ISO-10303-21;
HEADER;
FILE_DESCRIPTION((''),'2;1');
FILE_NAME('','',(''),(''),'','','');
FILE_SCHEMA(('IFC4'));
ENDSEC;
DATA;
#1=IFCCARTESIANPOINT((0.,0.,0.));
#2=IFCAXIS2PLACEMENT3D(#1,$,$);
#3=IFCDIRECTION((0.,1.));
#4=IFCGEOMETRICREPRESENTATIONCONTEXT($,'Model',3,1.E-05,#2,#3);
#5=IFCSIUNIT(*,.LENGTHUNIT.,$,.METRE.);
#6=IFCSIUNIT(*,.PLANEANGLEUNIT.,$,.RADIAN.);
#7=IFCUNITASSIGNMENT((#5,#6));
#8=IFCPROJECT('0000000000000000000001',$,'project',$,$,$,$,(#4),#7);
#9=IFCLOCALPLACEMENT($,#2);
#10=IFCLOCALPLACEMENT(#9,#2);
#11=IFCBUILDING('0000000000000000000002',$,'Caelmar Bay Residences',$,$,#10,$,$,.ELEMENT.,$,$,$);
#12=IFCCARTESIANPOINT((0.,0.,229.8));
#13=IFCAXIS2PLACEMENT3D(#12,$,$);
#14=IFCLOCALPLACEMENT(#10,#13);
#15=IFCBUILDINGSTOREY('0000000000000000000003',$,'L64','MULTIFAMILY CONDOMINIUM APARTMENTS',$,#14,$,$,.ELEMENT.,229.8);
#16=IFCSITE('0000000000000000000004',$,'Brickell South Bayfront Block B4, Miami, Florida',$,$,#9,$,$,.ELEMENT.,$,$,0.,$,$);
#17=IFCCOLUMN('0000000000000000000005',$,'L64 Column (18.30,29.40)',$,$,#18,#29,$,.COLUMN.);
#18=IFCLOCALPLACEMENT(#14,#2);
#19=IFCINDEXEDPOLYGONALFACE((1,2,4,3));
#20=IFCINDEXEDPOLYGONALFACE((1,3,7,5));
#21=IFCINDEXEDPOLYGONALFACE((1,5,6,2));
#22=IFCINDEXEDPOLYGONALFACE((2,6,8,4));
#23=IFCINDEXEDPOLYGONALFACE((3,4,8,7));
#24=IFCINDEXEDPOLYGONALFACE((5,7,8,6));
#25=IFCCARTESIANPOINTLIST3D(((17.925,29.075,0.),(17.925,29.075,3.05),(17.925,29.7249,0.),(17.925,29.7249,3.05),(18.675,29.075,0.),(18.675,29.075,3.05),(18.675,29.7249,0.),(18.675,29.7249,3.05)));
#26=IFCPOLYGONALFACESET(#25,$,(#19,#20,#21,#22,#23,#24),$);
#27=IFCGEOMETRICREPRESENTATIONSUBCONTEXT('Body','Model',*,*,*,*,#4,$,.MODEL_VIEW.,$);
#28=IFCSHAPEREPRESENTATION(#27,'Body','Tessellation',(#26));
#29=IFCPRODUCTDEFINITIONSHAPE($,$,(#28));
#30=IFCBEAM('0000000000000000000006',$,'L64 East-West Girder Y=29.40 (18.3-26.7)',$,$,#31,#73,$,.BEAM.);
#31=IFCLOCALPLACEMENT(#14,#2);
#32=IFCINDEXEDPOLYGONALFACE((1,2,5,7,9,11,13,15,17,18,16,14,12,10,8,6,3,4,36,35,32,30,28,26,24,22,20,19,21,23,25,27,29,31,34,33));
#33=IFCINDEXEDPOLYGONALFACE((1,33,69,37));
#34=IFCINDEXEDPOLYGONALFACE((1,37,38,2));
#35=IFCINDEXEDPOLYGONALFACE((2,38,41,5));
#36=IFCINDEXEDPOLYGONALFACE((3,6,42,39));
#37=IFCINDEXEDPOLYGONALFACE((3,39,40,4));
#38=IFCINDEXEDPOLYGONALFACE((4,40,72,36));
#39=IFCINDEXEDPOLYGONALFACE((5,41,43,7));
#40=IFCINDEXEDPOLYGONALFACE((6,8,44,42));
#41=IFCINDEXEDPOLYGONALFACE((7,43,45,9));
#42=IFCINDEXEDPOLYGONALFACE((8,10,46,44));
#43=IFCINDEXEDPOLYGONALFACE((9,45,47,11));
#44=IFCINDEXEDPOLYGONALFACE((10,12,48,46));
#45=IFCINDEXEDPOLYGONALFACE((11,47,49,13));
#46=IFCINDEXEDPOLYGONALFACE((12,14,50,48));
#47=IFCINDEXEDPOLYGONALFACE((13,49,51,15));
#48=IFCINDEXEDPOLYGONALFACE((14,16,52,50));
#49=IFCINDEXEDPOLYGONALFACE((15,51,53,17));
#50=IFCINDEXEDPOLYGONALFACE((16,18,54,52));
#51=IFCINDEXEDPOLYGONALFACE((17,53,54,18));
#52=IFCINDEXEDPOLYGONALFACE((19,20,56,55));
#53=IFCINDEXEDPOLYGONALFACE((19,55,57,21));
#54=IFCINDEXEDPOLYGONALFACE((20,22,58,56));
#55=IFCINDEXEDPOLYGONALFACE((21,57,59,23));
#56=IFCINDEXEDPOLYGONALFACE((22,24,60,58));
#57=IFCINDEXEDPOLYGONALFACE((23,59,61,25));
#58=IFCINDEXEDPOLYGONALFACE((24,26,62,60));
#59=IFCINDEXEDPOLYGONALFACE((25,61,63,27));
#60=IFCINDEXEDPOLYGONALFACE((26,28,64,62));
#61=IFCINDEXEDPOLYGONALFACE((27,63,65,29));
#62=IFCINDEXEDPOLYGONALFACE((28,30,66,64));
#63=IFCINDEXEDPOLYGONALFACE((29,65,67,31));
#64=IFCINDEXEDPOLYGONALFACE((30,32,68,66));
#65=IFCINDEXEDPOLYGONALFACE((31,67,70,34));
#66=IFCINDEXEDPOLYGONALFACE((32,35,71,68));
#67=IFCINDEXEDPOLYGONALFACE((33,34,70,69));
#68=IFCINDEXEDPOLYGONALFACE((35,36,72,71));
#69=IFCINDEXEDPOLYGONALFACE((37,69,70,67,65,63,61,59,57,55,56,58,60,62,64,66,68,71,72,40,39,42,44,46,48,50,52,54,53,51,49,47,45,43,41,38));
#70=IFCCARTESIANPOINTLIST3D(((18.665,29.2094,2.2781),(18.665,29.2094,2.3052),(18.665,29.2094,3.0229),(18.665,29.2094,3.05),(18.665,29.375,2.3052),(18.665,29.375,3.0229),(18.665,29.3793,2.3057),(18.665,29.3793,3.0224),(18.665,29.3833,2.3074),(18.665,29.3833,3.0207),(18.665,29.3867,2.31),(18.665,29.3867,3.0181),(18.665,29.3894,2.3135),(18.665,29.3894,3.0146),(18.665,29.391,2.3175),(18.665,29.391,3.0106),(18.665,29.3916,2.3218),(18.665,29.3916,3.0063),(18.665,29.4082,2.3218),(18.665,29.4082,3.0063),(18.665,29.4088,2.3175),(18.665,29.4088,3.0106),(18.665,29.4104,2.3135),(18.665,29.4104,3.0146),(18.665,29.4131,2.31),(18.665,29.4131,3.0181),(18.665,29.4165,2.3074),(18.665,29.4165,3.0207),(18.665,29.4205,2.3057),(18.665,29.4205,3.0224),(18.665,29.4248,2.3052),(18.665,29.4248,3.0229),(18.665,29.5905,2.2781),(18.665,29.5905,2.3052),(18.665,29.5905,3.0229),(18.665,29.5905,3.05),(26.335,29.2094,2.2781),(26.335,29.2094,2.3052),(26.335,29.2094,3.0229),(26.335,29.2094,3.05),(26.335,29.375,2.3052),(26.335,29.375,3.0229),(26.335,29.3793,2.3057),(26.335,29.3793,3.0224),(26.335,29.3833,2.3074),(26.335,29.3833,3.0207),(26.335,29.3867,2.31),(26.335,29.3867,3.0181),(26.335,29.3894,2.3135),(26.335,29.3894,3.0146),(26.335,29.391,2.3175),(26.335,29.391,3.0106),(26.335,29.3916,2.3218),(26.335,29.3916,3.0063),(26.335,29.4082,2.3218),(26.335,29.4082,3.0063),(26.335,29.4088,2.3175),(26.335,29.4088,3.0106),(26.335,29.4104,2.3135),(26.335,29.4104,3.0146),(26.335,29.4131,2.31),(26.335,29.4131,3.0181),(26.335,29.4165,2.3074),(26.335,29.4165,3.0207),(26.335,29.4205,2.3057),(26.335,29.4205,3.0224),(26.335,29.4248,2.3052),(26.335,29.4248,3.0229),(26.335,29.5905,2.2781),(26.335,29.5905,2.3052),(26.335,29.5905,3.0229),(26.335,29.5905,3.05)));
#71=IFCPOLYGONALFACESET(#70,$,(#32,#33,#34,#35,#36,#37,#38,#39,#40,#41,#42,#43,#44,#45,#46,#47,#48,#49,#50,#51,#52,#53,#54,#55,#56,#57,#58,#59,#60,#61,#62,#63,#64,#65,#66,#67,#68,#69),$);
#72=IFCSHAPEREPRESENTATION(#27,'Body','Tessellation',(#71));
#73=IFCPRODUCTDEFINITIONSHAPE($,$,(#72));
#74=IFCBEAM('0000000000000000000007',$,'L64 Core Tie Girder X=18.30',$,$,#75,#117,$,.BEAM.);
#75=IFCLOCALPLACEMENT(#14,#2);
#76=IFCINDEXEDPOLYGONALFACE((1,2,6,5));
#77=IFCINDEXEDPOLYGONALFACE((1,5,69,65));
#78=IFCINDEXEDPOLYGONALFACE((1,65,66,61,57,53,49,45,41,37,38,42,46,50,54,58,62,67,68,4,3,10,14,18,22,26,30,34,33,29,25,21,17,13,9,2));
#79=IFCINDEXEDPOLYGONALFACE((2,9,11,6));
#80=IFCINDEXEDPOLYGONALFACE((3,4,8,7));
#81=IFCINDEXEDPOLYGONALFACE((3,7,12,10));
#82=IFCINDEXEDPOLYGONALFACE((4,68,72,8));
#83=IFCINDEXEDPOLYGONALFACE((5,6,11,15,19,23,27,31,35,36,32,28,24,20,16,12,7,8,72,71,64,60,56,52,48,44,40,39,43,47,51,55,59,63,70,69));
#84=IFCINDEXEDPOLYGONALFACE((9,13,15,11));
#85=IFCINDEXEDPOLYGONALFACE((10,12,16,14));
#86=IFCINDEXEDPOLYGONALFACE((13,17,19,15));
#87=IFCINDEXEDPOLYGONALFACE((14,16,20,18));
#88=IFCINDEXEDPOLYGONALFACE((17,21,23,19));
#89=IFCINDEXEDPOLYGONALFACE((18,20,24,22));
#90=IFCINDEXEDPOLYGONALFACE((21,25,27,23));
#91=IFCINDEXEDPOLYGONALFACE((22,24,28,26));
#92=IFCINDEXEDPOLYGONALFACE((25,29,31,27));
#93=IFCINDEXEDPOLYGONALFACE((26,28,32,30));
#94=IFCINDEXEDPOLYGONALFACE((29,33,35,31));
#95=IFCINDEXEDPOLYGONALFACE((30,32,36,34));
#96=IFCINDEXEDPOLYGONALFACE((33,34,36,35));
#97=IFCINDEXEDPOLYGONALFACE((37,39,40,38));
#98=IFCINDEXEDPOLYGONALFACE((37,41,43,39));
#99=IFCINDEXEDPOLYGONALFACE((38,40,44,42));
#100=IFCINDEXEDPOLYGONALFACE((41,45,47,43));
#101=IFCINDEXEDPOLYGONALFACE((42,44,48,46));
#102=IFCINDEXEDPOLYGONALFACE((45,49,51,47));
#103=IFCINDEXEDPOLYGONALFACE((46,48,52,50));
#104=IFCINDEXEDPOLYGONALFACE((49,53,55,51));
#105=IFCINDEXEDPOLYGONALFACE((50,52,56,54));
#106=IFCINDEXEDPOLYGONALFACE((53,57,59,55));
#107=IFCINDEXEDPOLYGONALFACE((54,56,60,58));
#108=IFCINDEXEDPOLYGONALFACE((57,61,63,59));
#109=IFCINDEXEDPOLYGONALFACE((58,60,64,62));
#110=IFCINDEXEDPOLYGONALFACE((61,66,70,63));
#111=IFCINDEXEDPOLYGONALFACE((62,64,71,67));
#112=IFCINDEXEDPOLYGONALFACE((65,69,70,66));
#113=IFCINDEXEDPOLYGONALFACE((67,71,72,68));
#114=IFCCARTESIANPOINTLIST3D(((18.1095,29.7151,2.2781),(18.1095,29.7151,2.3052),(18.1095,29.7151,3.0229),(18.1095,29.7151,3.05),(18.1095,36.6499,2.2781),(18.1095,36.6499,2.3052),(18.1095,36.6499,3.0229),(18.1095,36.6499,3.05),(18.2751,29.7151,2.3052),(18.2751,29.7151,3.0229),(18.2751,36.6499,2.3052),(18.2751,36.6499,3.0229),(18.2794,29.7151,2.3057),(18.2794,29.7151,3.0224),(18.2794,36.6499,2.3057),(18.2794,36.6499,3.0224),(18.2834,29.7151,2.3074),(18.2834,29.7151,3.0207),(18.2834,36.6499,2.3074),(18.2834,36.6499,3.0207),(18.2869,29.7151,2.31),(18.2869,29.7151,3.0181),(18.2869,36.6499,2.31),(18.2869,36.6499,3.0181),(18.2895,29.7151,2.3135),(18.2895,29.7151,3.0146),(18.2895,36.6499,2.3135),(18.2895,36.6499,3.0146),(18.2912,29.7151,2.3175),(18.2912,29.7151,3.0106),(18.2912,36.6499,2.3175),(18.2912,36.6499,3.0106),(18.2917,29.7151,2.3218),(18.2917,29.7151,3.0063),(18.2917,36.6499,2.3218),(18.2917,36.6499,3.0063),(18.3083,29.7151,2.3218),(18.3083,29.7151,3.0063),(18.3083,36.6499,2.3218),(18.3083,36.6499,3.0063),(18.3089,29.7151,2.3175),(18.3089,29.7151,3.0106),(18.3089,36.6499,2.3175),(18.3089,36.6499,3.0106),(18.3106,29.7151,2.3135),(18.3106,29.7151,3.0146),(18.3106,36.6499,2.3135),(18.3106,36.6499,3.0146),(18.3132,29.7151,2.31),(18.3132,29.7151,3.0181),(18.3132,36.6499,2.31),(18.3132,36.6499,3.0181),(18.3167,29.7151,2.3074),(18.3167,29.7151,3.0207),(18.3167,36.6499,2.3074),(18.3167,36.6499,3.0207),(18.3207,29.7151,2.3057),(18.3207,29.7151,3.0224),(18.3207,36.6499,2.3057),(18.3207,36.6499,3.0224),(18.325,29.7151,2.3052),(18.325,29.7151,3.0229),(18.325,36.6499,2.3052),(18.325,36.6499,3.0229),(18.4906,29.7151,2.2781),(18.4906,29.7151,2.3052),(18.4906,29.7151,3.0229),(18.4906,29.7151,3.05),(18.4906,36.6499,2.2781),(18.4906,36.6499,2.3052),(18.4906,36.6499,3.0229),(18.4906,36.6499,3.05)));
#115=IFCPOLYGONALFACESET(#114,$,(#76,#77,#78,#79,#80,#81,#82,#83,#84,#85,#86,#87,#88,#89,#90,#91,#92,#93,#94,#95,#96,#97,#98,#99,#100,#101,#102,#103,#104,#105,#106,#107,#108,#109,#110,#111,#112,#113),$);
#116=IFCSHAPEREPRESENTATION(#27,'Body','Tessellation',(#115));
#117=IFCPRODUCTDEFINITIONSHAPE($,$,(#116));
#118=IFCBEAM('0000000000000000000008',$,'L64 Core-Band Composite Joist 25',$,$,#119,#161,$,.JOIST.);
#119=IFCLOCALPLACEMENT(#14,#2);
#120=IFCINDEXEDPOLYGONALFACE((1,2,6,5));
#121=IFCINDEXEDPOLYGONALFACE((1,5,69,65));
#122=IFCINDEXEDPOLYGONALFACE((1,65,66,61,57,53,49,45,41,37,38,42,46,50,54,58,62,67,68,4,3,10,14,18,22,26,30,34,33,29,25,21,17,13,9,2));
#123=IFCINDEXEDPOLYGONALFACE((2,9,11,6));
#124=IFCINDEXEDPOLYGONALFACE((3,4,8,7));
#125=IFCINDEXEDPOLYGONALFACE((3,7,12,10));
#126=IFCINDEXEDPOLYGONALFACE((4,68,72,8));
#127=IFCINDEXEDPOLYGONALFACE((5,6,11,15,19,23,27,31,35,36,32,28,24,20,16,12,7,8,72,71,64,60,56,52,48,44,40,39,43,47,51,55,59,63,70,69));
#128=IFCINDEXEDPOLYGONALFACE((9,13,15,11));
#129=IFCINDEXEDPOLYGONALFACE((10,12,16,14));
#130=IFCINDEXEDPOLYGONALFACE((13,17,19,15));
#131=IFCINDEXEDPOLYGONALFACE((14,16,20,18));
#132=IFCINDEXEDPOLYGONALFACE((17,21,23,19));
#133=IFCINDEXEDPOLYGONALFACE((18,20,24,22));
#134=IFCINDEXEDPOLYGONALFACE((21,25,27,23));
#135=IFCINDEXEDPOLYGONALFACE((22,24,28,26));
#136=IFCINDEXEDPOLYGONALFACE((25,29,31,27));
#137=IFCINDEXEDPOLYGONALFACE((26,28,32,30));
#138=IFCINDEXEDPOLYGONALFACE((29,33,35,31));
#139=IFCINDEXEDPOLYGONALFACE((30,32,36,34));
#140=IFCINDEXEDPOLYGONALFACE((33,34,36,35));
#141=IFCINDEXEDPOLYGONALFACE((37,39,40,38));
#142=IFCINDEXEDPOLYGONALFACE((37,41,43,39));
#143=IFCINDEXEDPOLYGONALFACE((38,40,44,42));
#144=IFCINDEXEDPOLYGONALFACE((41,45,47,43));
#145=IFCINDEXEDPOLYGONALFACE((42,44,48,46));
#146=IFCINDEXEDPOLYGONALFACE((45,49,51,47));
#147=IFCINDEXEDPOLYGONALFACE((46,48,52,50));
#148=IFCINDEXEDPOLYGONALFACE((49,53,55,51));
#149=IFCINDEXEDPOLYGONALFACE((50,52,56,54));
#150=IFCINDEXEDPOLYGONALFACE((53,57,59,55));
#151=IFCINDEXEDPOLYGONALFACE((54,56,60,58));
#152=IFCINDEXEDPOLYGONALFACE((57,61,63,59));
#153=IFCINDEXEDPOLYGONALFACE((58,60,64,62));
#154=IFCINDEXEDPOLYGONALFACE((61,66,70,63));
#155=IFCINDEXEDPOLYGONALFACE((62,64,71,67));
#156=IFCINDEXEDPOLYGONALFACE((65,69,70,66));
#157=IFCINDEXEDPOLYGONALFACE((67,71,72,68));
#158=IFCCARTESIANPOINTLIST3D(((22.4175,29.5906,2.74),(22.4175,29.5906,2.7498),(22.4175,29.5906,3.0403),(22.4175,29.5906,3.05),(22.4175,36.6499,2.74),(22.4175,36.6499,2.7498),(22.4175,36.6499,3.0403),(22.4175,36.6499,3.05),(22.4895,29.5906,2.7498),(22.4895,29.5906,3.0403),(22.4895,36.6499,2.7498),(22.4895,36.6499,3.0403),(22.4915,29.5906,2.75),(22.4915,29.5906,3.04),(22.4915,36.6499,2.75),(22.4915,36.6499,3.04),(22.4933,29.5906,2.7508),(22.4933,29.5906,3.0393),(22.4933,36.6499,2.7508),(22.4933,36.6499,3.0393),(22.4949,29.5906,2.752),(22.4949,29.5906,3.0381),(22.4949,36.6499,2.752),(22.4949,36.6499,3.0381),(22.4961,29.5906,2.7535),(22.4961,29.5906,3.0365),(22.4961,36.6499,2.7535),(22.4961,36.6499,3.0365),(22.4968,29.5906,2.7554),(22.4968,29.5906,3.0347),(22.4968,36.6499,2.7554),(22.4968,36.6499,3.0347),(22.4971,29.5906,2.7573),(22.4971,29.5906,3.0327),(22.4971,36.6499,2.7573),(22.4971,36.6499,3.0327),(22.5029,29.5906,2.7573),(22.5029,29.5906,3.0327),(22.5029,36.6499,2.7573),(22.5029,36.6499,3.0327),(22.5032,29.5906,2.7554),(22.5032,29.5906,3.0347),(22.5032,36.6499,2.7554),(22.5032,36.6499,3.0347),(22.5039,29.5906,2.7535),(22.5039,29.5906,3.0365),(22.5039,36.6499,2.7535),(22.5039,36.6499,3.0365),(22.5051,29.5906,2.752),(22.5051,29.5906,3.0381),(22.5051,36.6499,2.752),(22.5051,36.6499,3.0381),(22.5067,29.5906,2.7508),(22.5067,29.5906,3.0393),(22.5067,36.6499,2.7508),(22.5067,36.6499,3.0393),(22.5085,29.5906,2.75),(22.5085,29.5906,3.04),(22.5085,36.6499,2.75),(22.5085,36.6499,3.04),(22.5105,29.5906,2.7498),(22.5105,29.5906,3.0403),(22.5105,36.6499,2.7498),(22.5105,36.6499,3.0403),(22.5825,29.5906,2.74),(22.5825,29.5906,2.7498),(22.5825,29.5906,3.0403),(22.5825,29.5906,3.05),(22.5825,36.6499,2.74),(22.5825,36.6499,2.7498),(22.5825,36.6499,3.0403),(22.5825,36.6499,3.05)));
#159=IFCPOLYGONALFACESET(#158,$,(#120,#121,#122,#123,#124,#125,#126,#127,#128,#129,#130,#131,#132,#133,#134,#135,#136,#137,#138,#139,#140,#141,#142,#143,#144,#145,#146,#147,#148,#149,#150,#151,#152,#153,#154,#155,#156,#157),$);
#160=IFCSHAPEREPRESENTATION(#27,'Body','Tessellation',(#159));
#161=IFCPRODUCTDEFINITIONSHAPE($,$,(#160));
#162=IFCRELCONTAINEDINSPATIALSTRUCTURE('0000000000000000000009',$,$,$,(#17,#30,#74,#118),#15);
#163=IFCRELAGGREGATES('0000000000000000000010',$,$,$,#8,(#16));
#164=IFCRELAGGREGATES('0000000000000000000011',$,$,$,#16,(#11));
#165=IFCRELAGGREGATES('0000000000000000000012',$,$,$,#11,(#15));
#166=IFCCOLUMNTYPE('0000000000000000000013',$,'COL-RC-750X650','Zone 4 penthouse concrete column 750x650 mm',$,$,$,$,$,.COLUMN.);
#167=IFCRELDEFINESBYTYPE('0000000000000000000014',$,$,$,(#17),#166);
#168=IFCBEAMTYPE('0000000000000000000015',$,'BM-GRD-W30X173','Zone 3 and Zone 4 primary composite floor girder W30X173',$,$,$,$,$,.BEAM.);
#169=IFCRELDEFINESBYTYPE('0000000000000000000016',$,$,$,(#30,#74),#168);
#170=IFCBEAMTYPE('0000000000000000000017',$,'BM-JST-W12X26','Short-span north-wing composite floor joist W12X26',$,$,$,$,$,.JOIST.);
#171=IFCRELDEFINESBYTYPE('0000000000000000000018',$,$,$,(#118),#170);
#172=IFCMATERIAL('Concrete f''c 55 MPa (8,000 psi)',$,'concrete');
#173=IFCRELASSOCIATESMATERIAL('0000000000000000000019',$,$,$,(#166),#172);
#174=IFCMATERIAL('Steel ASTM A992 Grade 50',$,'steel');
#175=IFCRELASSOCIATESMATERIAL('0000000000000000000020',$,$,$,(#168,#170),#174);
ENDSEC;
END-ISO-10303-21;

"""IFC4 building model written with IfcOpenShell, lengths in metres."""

from ifc_helpers import new_model, si_unit, direction, frame, origin, origin_2d, place, context, subcontext, project, spatial, rectangle, i_section, extrude, material, material_profile, profile_set, type_object, element, save


model = new_model("IFC4")

# Units and contexts
model_context = context("Model", 3, precision=1e-05, world=origin(), true_north=direction((0.0, 1.0)))
body_context = subcontext(model_context, "Body", "Model", "MODEL_VIEW")
ifc_project = project(units=[si_unit("LENGTHUNIT", "METRE"), si_unit("PLANEANGLEUNIT", "RADIAN")], contexts=[model_context])

# Site, building, storey
site_placement = place(None, origin())
site = spatial("IfcSite", under=ifc_project, at=site_placement, Name="Brickell South Bayfront Block B4, Miami, Florida", CompositionType="ELEMENT", RefElevation=0.0)
building_placement = place(site_placement, origin())
building = spatial("IfcBuilding", under=site, at=building_placement, Name="Caelmar Bay Residences", CompositionType="ELEMENT")
storey_placement = place(building_placement, frame((0.0, 0.0, 229.8)))
storey = spatial("IfcBuildingStorey", under=building, at=storey_placement, Name="L64", Description="MULTIFAMILY CONDOMINIUM APARTMENTS", CompositionType="ELEMENT", Elevation=229.8)

# Column
ifc_material_1 = material(Name="Concrete f'c 55 MPa (8,000 psi)", Category="concrete")
ifc_material_profile_1 = material_profile(ifc_material_1, rectangle(XDim=0.75, YDim=0.6499, at=origin_2d()), Name="RC-COL-750X650")
ifc_profile_set_1 = profile_set([ifc_material_profile_1], Name="Concrete f'c 55 MPa (8,000 psi)")
column_type = type_object("IfcColumnType", Name="COL-RC-750X650", Description="Zone 4 penthouse concrete column 750x650 mm", PredefinedType="COLUMN", material=ifc_profile_set_1)
column_placement = place(storey_placement, frame((18.3, 29.3999, 0.0), z_axis=(0.0, 0.0, 1.0), x_axis=(1.0, 0.0, 0.0)))
element("IfcColumn", 1, at=column_placement, inside=storey, type_object=column_type, Name="L64 Column (18.30,29.40)", PredefinedType="COLUMN", context=body_context, shape_type="SweptSolid", body=[
    extrude(rectangle(XDim=0.75, YDim=0.6499, at=origin_2d()), origin(), (0.0, 0.0, 1.0), 3.05),
])

# Beams
ifc_material_2 = material(Name="Steel ASTM A992 Grade 50", Category="steel")
ifc_material_profile_2 = material_profile(ifc_material_2, i_section(OverallWidth=0.3811, OverallDepth=0.772, WebThickness=0.0166, FlangeThickness=0.0271, FilletRadius=0.0166, at=origin_2d()), Name="W30X173")
ifc_profile_set_2 = profile_set([ifc_material_profile_2], Name="Steel ASTM A992 Grade 50")
beam_type_1 = type_object("IfcBeamType", Name="BM-GRD-W30X173", Description="Zone 3 and Zone 4 primary composite floor girder W30X173", PredefinedType="BEAM", material=ifc_profile_set_2)
beam_1_placement = place(storey_placement, frame((18.665, 29.3999, 2.6641), z_axis=(1.0, 0.0, 0.0), x_axis=(0.0, 1.0, 0.0)))
element("IfcBeam", 2, at=beam_1_placement, inside=storey, type_object=beam_type_1, Name="L64 East-West Girder Y=29.40 (18.3-26.7)", PredefinedType="BEAM", context=body_context, shape_type="SweptSolid", body=[
    extrude(i_section(OverallWidth=0.3811, OverallDepth=0.772, WebThickness=0.0166, FlangeThickness=0.0271, FilletRadius=0.0166, at=origin_2d()), origin(), (0.0, 0.0, 1.0), 7.6699),
])
beam_2_placement = place(storey_placement, frame((18.3, 29.7151, 2.6641), z_axis=(0.0, 1.0, 0.0), x_axis=(-1.0, 0.0, 0.0)))
element("IfcBeam", 3, at=beam_2_placement, inside=storey, type_object=beam_type_1, Name="L64 Core Tie Girder X=18.30", PredefinedType="BEAM", context=body_context, shape_type="SweptSolid", body=[
    extrude(i_section(OverallWidth=0.3811, OverallDepth=0.772, WebThickness=0.0166, FlangeThickness=0.0271, FilletRadius=0.0166, at=origin_2d()), origin(), (0.0, 0.0, 1.0), 6.9348),
])
ifc_material_profile_3 = material_profile(ifc_material_2, i_section(OverallWidth=0.165, OverallDepth=0.3101, WebThickness=0.0059, FlangeThickness=0.0098, FilletRadius=0.0076, at=origin_2d()), Name="W12X26")
ifc_profile_set_3 = profile_set([ifc_material_profile_3], Name="Steel ASTM A992 Grade 50")
beam_type_2 = type_object("IfcBeamType", Name="BM-JST-W12X26", Description="Short-span north-wing composite floor joist W12X26", PredefinedType="JOIST", material=ifc_profile_set_3)
beam_3_placement = place(storey_placement, frame((22.5, 29.5906, 2.895), z_axis=(0.0, 1.0, 0.0), x_axis=(-1.0, 0.0, 0.0)))
element("IfcBeam", 4, at=beam_3_placement, inside=storey, type_object=beam_type_2, Name="L64 Core-Band Composite Joist 25", PredefinedType="JOIST", context=body_context, shape_type="SweptSolid", body=[
    extrude(i_section(OverallWidth=0.165, OverallDepth=0.3101, WebThickness=0.0059, FlangeThickness=0.0098, FilletRadius=0.0076, at=origin_2d()), origin(), (0.0, 0.0, 1.0), 7.0593),
])

save(model, "model.ifc")
